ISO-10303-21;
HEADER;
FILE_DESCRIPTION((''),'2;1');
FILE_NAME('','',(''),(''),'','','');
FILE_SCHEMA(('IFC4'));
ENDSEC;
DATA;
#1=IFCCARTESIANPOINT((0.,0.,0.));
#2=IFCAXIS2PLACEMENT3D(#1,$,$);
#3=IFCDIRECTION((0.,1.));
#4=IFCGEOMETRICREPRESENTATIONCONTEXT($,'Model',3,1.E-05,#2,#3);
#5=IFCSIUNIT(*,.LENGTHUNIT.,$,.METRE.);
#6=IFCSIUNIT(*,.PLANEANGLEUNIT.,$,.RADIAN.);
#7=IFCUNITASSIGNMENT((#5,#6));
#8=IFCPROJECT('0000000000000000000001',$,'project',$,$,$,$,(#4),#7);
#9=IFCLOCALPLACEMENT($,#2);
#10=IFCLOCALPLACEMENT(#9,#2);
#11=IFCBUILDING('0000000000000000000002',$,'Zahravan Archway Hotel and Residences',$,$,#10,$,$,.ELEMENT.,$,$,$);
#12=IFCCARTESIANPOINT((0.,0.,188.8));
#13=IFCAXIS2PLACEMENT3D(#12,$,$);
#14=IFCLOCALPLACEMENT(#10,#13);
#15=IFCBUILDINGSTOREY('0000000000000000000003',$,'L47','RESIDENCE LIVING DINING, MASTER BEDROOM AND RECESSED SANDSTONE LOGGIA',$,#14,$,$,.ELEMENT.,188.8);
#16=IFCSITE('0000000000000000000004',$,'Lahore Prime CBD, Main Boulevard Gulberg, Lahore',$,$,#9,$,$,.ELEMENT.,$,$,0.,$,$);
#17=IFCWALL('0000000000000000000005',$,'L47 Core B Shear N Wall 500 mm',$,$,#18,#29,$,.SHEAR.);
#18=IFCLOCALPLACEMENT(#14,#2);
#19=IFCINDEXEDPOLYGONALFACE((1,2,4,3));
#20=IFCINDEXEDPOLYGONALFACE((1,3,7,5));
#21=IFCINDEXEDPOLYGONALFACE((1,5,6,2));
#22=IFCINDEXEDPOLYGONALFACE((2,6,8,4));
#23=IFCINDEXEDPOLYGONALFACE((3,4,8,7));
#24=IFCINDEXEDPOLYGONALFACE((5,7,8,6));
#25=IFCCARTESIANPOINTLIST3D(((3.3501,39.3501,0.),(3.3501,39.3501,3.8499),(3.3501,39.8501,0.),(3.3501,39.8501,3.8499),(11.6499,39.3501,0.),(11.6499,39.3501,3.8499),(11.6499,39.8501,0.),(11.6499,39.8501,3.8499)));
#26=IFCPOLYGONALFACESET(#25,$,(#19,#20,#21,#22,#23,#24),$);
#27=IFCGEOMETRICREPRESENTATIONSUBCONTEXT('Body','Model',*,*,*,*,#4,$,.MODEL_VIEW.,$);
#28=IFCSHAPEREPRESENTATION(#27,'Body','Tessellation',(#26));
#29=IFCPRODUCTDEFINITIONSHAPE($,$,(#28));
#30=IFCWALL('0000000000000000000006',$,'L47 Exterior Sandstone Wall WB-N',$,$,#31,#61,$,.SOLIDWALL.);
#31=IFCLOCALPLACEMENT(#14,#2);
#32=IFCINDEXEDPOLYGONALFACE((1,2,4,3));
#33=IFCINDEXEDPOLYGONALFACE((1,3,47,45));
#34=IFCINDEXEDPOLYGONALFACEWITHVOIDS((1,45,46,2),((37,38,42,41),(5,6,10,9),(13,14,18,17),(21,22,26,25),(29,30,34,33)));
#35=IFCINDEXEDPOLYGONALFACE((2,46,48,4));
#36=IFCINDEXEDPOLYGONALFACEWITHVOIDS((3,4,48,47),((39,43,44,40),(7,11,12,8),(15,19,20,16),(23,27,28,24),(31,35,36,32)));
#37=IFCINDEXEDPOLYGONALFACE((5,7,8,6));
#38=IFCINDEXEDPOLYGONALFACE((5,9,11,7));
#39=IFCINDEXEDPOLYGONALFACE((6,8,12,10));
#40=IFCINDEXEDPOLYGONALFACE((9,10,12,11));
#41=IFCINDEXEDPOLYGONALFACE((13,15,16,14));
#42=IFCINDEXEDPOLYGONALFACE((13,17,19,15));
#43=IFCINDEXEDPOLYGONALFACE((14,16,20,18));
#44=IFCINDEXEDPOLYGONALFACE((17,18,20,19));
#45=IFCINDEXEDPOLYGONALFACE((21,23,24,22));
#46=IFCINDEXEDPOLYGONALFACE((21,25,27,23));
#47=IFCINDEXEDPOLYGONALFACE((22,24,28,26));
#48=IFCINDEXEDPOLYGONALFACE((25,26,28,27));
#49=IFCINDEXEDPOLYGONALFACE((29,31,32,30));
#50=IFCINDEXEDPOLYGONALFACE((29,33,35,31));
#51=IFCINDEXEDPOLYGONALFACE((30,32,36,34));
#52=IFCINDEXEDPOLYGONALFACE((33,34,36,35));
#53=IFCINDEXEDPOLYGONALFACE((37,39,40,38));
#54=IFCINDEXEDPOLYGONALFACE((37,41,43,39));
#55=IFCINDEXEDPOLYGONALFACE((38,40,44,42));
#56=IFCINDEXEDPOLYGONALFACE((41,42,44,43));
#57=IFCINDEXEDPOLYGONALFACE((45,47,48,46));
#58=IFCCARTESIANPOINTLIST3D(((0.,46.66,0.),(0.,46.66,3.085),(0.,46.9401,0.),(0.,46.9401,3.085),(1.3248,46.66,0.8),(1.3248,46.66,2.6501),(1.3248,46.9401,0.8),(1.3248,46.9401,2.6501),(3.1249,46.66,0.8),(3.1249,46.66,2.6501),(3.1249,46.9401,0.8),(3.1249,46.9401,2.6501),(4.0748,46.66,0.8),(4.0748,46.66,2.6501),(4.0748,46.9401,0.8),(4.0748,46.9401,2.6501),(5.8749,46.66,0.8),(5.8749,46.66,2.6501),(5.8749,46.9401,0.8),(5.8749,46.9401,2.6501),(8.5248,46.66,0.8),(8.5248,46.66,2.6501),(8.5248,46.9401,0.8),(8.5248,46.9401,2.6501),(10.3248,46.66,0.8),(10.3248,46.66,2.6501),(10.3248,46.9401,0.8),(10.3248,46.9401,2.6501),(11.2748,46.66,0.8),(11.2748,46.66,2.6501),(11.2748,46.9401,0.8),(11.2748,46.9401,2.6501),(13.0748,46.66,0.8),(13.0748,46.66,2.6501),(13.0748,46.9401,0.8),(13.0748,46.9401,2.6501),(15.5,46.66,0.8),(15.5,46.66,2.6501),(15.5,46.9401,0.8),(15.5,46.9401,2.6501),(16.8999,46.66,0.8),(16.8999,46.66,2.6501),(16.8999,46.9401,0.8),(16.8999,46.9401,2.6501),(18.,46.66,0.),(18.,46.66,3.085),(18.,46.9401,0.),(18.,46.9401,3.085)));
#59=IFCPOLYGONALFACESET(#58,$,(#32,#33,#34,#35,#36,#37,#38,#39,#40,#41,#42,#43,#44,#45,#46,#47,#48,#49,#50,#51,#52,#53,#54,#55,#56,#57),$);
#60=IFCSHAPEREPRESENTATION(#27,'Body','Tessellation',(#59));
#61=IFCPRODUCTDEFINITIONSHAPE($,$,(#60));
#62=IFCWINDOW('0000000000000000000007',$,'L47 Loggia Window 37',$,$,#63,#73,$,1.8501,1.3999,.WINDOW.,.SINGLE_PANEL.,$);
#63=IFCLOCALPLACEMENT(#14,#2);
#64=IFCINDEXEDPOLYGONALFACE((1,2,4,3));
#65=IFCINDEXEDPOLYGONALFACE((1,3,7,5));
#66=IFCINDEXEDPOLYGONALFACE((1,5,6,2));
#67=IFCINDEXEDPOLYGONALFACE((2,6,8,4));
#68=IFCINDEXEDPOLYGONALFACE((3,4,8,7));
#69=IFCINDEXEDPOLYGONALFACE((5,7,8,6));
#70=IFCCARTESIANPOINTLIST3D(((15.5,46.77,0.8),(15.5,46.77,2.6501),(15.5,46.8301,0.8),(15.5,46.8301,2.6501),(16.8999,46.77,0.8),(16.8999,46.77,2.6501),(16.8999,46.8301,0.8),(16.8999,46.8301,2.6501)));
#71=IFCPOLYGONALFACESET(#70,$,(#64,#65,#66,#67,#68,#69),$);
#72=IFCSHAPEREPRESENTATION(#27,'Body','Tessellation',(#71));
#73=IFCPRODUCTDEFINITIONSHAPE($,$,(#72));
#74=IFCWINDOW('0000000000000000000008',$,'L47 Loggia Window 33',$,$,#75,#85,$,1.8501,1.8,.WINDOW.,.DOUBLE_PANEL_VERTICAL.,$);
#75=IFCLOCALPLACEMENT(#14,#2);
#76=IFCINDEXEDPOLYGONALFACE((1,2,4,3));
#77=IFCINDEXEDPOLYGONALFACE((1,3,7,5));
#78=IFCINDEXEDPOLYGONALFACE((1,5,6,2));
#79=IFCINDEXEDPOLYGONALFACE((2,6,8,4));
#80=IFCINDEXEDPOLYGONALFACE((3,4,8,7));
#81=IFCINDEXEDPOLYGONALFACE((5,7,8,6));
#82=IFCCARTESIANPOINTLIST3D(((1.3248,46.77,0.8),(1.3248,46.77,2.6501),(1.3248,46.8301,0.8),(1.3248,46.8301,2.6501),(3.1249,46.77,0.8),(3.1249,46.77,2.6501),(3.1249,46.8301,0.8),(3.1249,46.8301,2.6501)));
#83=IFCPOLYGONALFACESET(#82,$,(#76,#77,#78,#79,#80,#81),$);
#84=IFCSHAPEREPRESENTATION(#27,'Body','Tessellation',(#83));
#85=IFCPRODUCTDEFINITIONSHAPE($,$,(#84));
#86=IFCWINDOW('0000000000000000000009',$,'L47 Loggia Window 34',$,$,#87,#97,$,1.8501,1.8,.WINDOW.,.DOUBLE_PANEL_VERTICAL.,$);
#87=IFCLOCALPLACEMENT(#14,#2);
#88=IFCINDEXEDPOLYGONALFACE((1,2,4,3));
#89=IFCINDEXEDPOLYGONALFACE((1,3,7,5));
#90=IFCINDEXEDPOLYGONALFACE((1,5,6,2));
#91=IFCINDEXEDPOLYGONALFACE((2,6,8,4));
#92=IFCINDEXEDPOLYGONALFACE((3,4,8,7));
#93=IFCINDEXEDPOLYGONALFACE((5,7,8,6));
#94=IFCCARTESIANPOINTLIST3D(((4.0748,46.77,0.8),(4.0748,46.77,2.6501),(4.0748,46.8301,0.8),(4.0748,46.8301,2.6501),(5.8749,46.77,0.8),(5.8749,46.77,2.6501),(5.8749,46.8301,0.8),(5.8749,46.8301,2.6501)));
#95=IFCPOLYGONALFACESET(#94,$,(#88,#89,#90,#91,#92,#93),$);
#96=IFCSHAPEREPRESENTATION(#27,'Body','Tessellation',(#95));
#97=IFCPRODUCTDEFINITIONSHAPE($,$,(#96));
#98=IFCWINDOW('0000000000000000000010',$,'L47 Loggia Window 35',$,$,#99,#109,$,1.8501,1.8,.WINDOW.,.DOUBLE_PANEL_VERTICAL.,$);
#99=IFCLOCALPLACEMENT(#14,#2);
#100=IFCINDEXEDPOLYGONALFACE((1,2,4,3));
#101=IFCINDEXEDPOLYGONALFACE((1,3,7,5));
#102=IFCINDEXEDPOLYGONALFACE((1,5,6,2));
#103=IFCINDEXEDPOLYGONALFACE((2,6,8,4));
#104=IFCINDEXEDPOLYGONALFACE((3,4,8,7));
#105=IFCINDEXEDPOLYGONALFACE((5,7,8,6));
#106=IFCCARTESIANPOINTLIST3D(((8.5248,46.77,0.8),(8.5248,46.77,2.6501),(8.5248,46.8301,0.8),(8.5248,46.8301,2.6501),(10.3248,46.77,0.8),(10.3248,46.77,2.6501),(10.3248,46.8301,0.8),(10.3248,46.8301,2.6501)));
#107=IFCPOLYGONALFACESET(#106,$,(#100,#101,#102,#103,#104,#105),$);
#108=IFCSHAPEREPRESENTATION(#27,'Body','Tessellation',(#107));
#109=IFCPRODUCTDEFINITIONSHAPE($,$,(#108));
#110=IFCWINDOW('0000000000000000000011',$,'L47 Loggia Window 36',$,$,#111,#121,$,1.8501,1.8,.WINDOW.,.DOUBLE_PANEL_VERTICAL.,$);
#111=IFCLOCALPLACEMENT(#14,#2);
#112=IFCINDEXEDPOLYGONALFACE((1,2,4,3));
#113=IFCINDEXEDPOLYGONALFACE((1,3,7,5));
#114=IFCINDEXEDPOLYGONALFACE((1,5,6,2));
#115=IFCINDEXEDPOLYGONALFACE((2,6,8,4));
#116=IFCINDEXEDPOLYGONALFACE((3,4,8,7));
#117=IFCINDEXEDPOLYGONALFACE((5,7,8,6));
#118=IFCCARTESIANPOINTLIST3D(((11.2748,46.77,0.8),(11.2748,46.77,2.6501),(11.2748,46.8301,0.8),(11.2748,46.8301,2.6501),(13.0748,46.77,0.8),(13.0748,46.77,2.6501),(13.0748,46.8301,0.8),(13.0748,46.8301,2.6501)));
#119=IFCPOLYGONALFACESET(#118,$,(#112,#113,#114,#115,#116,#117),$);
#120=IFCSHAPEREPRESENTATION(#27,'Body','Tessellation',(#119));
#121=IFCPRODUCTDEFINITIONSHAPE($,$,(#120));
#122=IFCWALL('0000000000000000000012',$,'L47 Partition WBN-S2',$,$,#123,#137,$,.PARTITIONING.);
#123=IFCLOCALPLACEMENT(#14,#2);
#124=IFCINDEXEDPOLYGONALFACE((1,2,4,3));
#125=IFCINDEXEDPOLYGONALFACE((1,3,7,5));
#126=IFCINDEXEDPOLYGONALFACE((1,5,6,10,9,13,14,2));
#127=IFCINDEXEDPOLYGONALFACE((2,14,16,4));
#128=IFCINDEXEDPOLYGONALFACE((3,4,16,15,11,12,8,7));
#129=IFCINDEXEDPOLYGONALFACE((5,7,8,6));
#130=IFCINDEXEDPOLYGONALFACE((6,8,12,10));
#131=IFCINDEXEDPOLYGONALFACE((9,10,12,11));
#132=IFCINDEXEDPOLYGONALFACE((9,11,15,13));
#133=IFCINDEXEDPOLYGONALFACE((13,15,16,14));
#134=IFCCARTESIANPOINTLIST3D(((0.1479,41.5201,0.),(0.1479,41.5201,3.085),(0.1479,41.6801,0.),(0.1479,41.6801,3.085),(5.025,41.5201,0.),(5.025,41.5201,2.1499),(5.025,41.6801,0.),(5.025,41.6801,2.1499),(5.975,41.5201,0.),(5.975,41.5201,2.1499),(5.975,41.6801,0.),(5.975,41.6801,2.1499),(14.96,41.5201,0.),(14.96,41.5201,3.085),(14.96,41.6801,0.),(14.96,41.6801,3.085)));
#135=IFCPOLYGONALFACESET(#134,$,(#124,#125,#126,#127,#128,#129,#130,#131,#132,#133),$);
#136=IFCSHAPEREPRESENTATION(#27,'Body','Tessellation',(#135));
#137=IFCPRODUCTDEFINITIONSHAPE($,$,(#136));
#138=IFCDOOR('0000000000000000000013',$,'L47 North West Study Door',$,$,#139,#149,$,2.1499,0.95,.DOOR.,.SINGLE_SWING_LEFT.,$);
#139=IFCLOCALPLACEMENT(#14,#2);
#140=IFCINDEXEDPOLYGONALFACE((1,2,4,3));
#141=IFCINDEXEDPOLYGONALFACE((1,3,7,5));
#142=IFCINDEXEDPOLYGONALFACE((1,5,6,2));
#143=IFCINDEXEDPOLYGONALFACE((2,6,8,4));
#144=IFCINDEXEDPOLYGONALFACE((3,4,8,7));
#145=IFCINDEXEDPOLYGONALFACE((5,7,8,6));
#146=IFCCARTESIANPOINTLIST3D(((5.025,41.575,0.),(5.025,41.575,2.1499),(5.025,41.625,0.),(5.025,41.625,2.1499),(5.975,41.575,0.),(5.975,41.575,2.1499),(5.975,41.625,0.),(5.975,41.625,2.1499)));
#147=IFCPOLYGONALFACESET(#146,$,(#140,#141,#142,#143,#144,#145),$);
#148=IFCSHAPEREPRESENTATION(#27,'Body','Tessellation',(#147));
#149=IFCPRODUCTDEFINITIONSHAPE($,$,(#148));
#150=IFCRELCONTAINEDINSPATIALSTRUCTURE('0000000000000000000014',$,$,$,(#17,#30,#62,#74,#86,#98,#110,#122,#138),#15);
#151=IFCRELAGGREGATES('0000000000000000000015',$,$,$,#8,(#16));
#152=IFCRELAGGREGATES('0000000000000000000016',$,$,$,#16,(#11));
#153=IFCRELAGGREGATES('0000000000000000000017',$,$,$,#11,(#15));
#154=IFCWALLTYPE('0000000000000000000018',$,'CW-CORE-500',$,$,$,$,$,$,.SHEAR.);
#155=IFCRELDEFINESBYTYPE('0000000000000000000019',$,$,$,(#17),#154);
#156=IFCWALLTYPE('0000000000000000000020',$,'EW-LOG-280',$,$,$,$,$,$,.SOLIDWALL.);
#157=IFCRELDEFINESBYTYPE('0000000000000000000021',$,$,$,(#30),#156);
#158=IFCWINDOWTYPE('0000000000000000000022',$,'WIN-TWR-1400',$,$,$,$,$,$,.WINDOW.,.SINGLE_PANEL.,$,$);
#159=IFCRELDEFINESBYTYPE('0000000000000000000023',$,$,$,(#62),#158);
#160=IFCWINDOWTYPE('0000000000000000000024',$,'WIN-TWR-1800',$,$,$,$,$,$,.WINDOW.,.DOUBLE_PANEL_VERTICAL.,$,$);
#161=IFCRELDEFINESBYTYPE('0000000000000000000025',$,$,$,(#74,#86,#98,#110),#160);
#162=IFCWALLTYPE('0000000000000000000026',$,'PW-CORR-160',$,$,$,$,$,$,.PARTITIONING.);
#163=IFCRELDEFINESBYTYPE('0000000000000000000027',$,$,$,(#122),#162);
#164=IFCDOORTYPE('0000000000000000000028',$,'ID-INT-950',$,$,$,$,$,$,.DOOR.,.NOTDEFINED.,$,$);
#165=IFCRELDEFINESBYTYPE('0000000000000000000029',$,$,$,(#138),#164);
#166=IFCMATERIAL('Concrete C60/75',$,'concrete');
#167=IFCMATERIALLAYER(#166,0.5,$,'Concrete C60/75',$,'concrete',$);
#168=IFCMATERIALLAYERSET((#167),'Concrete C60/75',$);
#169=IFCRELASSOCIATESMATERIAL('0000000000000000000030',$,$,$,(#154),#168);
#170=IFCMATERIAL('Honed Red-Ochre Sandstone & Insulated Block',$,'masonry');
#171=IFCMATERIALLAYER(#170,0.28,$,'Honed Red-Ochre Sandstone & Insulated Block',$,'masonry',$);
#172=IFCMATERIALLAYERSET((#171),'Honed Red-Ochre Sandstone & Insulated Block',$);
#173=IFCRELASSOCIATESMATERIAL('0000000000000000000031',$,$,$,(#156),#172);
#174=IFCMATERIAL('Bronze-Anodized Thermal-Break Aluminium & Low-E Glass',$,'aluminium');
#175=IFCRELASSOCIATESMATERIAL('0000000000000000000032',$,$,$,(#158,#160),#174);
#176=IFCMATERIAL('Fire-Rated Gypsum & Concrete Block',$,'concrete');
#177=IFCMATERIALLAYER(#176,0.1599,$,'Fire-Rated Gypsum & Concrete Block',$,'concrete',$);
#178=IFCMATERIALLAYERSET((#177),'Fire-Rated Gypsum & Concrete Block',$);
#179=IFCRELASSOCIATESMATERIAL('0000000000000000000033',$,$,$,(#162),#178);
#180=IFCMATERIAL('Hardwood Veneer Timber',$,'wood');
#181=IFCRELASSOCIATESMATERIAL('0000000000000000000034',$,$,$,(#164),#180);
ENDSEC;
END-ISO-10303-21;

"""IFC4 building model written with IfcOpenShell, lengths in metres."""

from ifc_helpers import new_model, si_unit, direction, frame, frame_2d, origin, place, context, subcontext, project, spatial, rectangle, extrude, source, transform, mapped, material, layer, layer_set, type_object, type_shapes, element, fill, save


model = new_model("IFC4")

# Units and contexts
model_context = context("Model", 3, precision=1e-05, world=origin(), true_north=direction((0.0, 1.0)))
body_context = subcontext(model_context, "Body", "Model", "MODEL_VIEW")
ifc_project = project(units=[si_unit("LENGTHUNIT", "METRE"), si_unit("PLANEANGLEUNIT", "RADIAN")], contexts=[model_context])

# Site, building, storey
site_placement = place(None, origin())
site = spatial("IfcSite", under=ifc_project, at=site_placement, Name="Lahore Prime CBD, Main Boulevard Gulberg, Lahore", CompositionType="ELEMENT", RefElevation=0.0)
building_placement = place(site_placement, origin())
building = spatial("IfcBuilding", under=site, at=building_placement, Name="Zahravan Archway Hotel and Residences", CompositionType="ELEMENT")
storey_placement = place(building_placement, frame((0.0, 0.0, 188.8)))
storey = spatial("IfcBuildingStorey", under=building, at=storey_placement, Name="L47", Description="RESIDENCE LIVING DINING, MASTER BEDROOM AND RECESSED SANDSTONE LOGGIA", CompositionType="ELEMENT", Elevation=188.8)

# Shared definitions
ifc_material_1 = material(Name="Concrete C60/75", Category="concrete")

# Wall
ifc_layer_1 = layer(ifc_material_1, 0.5, Name="Concrete C60/75", Category="concrete")
ifc_layer_set_1 = layer_set([ifc_layer_1], Name="Concrete C60/75")
wall_type_1 = type_object("IfcWallType", Name="CW-CORE-500", PredefinedType="SHEAR", material=ifc_layer_set_1)
wall_1_placement = place(storey_placement, frame((3.3501, 39.6001, 0.0), z_axis=(0.0, 0.0, 1.0), x_axis=(1.0, 0.0, 0.0)))
element("IfcWall", 1, at=wall_1_placement, inside=storey, type_object=wall_type_1, Name="L47 Core B Shear N Wall 500 mm", PredefinedType="SHEAR", context=body_context, shape_type="SweptSolid", body=[
    extrude(rectangle(XDim=8.2998, YDim=0.5, at=frame_2d((4.1499, 0.0))), origin(), (0.0, 0.0, 1.0), 3.8499),
])

# Wall, openings, windows
ifc_material_2 = material(Name="Honed Red-Ochre Sandstone & Insulated Block", Category="masonry")
ifc_layer_2 = layer(ifc_material_2, 0.28, Name="Honed Red-Ochre Sandstone & Insulated Block", Category="masonry")
ifc_layer_set_2 = layer_set([ifc_layer_2], Name="Honed Red-Ochre Sandstone & Insulated Block")
wall_type_2 = type_object("IfcWallType", Name="EW-LOG-280", PredefinedType="SOLIDWALL", material=ifc_layer_set_2)
wall_2_placement = place(storey_placement, frame((0.0, 46.8, 0.0), z_axis=(0.0, 0.0, 1.0), x_axis=(1.0, 0.0, 0.0)))
wall_2 = element("IfcWall", 2, at=wall_2_placement, inside=storey, type_object=wall_type_2, Name="L47 Exterior Sandstone Wall WB-N", PredefinedType="SOLIDWALL", context=body_context, shape_type="SweptSolid", body=[
    extrude(rectangle(XDim=18.0, YDim=0.28, at=frame_2d((9.0, 0.0))), origin(), (0.0, 0.0, 1.0), 3.085),
])
opening_1_placement = place(wall_2_placement, frame((1.325, 0.0, 0.8)))
opening_1 = element("IfcOpeningElement", 3, at=opening_1_placement, cuts=wall_2, PredefinedType="OPENING", context=body_context, shape_type="SweptSolid", body=[
    extrude(rectangle(XDim=1.8, YDim=1.8501, at=frame_2d((0.8999, 0.925))), frame((0.0, 0.1499, 0.0), z_axis=(0.0, -1.0, 0.0), x_axis=(1.0, 0.0, 0.0)), (0.0, 0.0, 1.0), 0.3),
])
opening_2_placement = place(wall_2_placement, frame((4.075, 0.0, 0.8)))
opening_2 = element("IfcOpeningElement", 4, at=opening_2_placement, cuts=wall_2, PredefinedType="OPENING", context=body_context, shape_type="SweptSolid", body=[
    extrude(rectangle(XDim=1.8, YDim=1.8501, at=frame_2d((0.8999, 0.925))), frame((0.0, 0.1499, 0.0), z_axis=(0.0, -1.0, 0.0), x_axis=(1.0, 0.0, 0.0)), (0.0, 0.0, 1.0), 0.3),
])
opening_3_placement = place(wall_2_placement, frame((8.5249, 0.0, 0.8)))
opening_3 = element("IfcOpeningElement", 5, at=opening_3_placement, cuts=wall_2, PredefinedType="OPENING", context=body_context, shape_type="SweptSolid", body=[
    extrude(rectangle(XDim=1.8, YDim=1.8501, at=frame_2d((0.8999, 0.925))), frame((0.0, 0.1499, 0.0), z_axis=(0.0, -1.0, 0.0), x_axis=(1.0, 0.0, 0.0)), (0.0, 0.0, 1.0), 0.3),
])
opening_4_placement = place(wall_2_placement, frame((11.2749, 0.0, 0.8)))
opening_4 = element("IfcOpeningElement", 6, at=opening_4_placement, cuts=wall_2, PredefinedType="OPENING", context=body_context, shape_type="SweptSolid", body=[
    extrude(rectangle(XDim=1.8, YDim=1.8501, at=frame_2d((0.8999, 0.925))), frame((0.0, 0.1499, 0.0), z_axis=(0.0, -1.0, 0.0), x_axis=(1.0, 0.0, 0.0)), (0.0, 0.0, 1.0), 0.3),
])
opening_5_placement = place(wall_2_placement, frame((15.5, 0.0, 0.8)))
opening_5 = element("IfcOpeningElement", 7, at=opening_5_placement, cuts=wall_2, PredefinedType="OPENING", context=body_context, shape_type="SweptSolid", body=[
    extrude(rectangle(XDim=1.3999, YDim=1.8501, at=frame_2d((0.7, 0.925))), frame((0.0, 0.1499, 0.0), z_axis=(0.0, -1.0, 0.0), x_axis=(1.0, 0.0, 0.0)), (0.0, 0.0, 1.0), 0.3),
])
ifc_material_3 = material(Name="Bronze-Anodized Thermal-Break Aluminium & Low-E Glass", Category="aluminium")
window_type_1 = type_object("IfcWindowType", Name="WIN-TWR-1400", PartitioningType="SINGLE_PANEL", PredefinedType="WINDOW", material=ifc_material_3)
shared_shape_1 = source(origin(), body_context, "Body", "SweptSolid", [
    extrude(rectangle(XDim=1.3999, YDim=1.8501, at=frame_2d((0.7, 0.925))), frame((0.0, 0.03, 0.0), z_axis=(0.0, -1.0, 0.0), x_axis=(1.0, 0.0, 0.0)), (0.0, 0.0, 1.0), 0.0601),
])
type_shapes(window_type_1, [shared_shape_1])
window_1_placement = place(opening_5_placement, origin())
window_1 = element("IfcWindow", 8, at=window_1_placement, inside=storey, type_object=window_type_1, Name="L47 Loggia Window 37", OverallHeight=1.8501, OverallWidth=1.3999, PartitioningType="SINGLE_PANEL", PredefinedType="WINDOW", context=body_context, shape_type="MappedRepresentation", body=[
    mapped(shared_shape_1, transform((0.0, 0.0, 0.0), scale=1.0)),
])
fill(opening_5, window_1)
window_type_2 = type_object("IfcWindowType", Name="WIN-TWR-1800", PartitioningType="DOUBLE_PANEL_VERTICAL", PredefinedType="WINDOW", material=ifc_material_3)
shared_shape_2 = source(origin(), body_context, "Body", "SweptSolid", [
    extrude(rectangle(XDim=1.8, YDim=1.8501, at=frame_2d((0.8999, 0.925))), frame((0.0, 0.03, 0.0), z_axis=(0.0, -1.0, 0.0), x_axis=(1.0, 0.0, 0.0)), (0.0, 0.0, 1.0), 0.0601),
])
type_shapes(window_type_2, [shared_shape_2])
window_2_placement = place(opening_1_placement, origin())
window_2 = element("IfcWindow", 9, at=window_2_placement, inside=storey, type_object=window_type_2, Name="L47 Loggia Window 33", OverallHeight=1.8501, OverallWidth=1.8, PartitioningType="DOUBLE_PANEL_VERTICAL", PredefinedType="WINDOW", context=body_context, shape_type="MappedRepresentation", body=[
    mapped(shared_shape_2, transform((0.0, 0.0, 0.0), scale=1.0)),
])
fill(opening_1, window_2)
window_3_placement = place(opening_2_placement, origin())
window_3 = element("IfcWindow", 10, at=window_3_placement, inside=storey, type_object=window_type_2, Name="L47 Loggia Window 34", OverallHeight=1.8501, OverallWidth=1.8, PartitioningType="DOUBLE_PANEL_VERTICAL", PredefinedType="WINDOW", context=body_context, shape_type="MappedRepresentation", body=[
    mapped(shared_shape_2, transform((0.0, 0.0, 0.0), scale=1.0)),
])
fill(opening_2, window_3)
window_4_placement = place(opening_3_placement, origin())
window_4 = element("IfcWindow", 11, at=window_4_placement, inside=storey, type_object=window_type_2, Name="L47 Loggia Window 35", OverallHeight=1.8501, OverallWidth=1.8, PartitioningType="DOUBLE_PANEL_VERTICAL", PredefinedType="WINDOW", context=body_context, shape_type="MappedRepresentation", body=[
    mapped(shared_shape_2, transform((0.0, 0.0, 0.0), scale=1.0)),
])
fill(opening_3, window_4)
window_5_placement = place(opening_4_placement, origin())
window_5 = element("IfcWindow", 12, at=window_5_placement, inside=storey, type_object=window_type_2, Name="L47 Loggia Window 36", OverallHeight=1.8501, OverallWidth=1.8, PartitioningType="DOUBLE_PANEL_VERTICAL", PredefinedType="WINDOW", context=body_context, shape_type="MappedRepresentation", body=[
    mapped(shared_shape_2, transform((0.0, 0.0, 0.0), scale=1.0)),
])
fill(opening_4, window_5)

# Wall, opening, door
ifc_material_4 = material(Name="Fire-Rated Gypsum & Concrete Block", Category="concrete")
ifc_layer_3 = layer(ifc_material_4, 0.1599, Name="Fire-Rated Gypsum & Concrete Block", Category="concrete")
ifc_layer_set_3 = layer_set([ifc_layer_3], Name="Fire-Rated Gypsum & Concrete Block")
wall_type_3 = type_object("IfcWallType", Name="PW-CORR-160", PredefinedType="PARTITIONING", material=ifc_layer_set_3)
wall_3_placement = place(storey_placement, frame((0.1479, 41.6001, 0.0), z_axis=(0.0, 0.0, 1.0), x_axis=(1.0, 0.0, 0.0)))
wall_3 = element("IfcWall", 13, at=wall_3_placement, inside=storey, type_object=wall_type_3, Name="L47 Partition WBN-S2", PredefinedType="PARTITIONING", context=body_context, shape_type="SweptSolid", body=[
    extrude(rectangle(XDim=14.812, YDim=0.1599, at=frame_2d((7.406, 0.0))), origin(), (0.0, 0.0, 1.0), 3.085),
])
opening_6_placement = place(wall_3_placement, frame((4.877, 0.0, 0.0)))
opening_6 = element("IfcOpeningElement", 14, at=opening_6_placement, cuts=wall_3, PredefinedType="OPENING", context=body_context, shape_type="SweptSolid", body=[
    extrude(rectangle(XDim=0.95, YDim=2.1499, at=frame_2d((0.4751, 1.075))), frame((0.0, 0.0898, 0.0), z_axis=(0.0, -1.0, 0.0), x_axis=(1.0, 0.0, 0.0)), (0.0, 0.0, 1.0), 0.1799),
])
ifc_material_5 = material(Name="Hardwood Veneer Timber", Category="wood")
door_type_1 = type_object("IfcDoorType", Name="ID-INT-950", OperationType="NOTDEFINED", PredefinedType="DOOR", material=ifc_material_5)
shared_shape_3 = source(origin(), body_context, "Body", "SweptSolid", [
    extrude(rectangle(XDim=0.95, YDim=2.1499, at=frame_2d((0.4751, 1.075))), frame((0.0, 0.0249, 0.0), z_axis=(0.0, -1.0, 0.0), x_axis=(1.0, 0.0, 0.0)), (0.0, 0.0, 1.0), 0.05),
])
type_shapes(door_type_1, [shared_shape_3])
door_1_placement = place(opening_6_placement, origin())
door_1 = element("IfcDoor", 15, at=door_1_placement, inside=storey, type_object=door_type_1, Name="L47 North West Study Door", OperationType="SINGLE_SWING_LEFT", OverallHeight=2.1499, OverallWidth=0.95, PredefinedType="DOOR", context=body_context, shape_type="MappedRepresentation", body=[
    mapped(shared_shape_3, transform((0.0, 0.0, 0.0), scale=1.0)),
])
fill(opening_6, door_1)

save(model, "model.ifc")
